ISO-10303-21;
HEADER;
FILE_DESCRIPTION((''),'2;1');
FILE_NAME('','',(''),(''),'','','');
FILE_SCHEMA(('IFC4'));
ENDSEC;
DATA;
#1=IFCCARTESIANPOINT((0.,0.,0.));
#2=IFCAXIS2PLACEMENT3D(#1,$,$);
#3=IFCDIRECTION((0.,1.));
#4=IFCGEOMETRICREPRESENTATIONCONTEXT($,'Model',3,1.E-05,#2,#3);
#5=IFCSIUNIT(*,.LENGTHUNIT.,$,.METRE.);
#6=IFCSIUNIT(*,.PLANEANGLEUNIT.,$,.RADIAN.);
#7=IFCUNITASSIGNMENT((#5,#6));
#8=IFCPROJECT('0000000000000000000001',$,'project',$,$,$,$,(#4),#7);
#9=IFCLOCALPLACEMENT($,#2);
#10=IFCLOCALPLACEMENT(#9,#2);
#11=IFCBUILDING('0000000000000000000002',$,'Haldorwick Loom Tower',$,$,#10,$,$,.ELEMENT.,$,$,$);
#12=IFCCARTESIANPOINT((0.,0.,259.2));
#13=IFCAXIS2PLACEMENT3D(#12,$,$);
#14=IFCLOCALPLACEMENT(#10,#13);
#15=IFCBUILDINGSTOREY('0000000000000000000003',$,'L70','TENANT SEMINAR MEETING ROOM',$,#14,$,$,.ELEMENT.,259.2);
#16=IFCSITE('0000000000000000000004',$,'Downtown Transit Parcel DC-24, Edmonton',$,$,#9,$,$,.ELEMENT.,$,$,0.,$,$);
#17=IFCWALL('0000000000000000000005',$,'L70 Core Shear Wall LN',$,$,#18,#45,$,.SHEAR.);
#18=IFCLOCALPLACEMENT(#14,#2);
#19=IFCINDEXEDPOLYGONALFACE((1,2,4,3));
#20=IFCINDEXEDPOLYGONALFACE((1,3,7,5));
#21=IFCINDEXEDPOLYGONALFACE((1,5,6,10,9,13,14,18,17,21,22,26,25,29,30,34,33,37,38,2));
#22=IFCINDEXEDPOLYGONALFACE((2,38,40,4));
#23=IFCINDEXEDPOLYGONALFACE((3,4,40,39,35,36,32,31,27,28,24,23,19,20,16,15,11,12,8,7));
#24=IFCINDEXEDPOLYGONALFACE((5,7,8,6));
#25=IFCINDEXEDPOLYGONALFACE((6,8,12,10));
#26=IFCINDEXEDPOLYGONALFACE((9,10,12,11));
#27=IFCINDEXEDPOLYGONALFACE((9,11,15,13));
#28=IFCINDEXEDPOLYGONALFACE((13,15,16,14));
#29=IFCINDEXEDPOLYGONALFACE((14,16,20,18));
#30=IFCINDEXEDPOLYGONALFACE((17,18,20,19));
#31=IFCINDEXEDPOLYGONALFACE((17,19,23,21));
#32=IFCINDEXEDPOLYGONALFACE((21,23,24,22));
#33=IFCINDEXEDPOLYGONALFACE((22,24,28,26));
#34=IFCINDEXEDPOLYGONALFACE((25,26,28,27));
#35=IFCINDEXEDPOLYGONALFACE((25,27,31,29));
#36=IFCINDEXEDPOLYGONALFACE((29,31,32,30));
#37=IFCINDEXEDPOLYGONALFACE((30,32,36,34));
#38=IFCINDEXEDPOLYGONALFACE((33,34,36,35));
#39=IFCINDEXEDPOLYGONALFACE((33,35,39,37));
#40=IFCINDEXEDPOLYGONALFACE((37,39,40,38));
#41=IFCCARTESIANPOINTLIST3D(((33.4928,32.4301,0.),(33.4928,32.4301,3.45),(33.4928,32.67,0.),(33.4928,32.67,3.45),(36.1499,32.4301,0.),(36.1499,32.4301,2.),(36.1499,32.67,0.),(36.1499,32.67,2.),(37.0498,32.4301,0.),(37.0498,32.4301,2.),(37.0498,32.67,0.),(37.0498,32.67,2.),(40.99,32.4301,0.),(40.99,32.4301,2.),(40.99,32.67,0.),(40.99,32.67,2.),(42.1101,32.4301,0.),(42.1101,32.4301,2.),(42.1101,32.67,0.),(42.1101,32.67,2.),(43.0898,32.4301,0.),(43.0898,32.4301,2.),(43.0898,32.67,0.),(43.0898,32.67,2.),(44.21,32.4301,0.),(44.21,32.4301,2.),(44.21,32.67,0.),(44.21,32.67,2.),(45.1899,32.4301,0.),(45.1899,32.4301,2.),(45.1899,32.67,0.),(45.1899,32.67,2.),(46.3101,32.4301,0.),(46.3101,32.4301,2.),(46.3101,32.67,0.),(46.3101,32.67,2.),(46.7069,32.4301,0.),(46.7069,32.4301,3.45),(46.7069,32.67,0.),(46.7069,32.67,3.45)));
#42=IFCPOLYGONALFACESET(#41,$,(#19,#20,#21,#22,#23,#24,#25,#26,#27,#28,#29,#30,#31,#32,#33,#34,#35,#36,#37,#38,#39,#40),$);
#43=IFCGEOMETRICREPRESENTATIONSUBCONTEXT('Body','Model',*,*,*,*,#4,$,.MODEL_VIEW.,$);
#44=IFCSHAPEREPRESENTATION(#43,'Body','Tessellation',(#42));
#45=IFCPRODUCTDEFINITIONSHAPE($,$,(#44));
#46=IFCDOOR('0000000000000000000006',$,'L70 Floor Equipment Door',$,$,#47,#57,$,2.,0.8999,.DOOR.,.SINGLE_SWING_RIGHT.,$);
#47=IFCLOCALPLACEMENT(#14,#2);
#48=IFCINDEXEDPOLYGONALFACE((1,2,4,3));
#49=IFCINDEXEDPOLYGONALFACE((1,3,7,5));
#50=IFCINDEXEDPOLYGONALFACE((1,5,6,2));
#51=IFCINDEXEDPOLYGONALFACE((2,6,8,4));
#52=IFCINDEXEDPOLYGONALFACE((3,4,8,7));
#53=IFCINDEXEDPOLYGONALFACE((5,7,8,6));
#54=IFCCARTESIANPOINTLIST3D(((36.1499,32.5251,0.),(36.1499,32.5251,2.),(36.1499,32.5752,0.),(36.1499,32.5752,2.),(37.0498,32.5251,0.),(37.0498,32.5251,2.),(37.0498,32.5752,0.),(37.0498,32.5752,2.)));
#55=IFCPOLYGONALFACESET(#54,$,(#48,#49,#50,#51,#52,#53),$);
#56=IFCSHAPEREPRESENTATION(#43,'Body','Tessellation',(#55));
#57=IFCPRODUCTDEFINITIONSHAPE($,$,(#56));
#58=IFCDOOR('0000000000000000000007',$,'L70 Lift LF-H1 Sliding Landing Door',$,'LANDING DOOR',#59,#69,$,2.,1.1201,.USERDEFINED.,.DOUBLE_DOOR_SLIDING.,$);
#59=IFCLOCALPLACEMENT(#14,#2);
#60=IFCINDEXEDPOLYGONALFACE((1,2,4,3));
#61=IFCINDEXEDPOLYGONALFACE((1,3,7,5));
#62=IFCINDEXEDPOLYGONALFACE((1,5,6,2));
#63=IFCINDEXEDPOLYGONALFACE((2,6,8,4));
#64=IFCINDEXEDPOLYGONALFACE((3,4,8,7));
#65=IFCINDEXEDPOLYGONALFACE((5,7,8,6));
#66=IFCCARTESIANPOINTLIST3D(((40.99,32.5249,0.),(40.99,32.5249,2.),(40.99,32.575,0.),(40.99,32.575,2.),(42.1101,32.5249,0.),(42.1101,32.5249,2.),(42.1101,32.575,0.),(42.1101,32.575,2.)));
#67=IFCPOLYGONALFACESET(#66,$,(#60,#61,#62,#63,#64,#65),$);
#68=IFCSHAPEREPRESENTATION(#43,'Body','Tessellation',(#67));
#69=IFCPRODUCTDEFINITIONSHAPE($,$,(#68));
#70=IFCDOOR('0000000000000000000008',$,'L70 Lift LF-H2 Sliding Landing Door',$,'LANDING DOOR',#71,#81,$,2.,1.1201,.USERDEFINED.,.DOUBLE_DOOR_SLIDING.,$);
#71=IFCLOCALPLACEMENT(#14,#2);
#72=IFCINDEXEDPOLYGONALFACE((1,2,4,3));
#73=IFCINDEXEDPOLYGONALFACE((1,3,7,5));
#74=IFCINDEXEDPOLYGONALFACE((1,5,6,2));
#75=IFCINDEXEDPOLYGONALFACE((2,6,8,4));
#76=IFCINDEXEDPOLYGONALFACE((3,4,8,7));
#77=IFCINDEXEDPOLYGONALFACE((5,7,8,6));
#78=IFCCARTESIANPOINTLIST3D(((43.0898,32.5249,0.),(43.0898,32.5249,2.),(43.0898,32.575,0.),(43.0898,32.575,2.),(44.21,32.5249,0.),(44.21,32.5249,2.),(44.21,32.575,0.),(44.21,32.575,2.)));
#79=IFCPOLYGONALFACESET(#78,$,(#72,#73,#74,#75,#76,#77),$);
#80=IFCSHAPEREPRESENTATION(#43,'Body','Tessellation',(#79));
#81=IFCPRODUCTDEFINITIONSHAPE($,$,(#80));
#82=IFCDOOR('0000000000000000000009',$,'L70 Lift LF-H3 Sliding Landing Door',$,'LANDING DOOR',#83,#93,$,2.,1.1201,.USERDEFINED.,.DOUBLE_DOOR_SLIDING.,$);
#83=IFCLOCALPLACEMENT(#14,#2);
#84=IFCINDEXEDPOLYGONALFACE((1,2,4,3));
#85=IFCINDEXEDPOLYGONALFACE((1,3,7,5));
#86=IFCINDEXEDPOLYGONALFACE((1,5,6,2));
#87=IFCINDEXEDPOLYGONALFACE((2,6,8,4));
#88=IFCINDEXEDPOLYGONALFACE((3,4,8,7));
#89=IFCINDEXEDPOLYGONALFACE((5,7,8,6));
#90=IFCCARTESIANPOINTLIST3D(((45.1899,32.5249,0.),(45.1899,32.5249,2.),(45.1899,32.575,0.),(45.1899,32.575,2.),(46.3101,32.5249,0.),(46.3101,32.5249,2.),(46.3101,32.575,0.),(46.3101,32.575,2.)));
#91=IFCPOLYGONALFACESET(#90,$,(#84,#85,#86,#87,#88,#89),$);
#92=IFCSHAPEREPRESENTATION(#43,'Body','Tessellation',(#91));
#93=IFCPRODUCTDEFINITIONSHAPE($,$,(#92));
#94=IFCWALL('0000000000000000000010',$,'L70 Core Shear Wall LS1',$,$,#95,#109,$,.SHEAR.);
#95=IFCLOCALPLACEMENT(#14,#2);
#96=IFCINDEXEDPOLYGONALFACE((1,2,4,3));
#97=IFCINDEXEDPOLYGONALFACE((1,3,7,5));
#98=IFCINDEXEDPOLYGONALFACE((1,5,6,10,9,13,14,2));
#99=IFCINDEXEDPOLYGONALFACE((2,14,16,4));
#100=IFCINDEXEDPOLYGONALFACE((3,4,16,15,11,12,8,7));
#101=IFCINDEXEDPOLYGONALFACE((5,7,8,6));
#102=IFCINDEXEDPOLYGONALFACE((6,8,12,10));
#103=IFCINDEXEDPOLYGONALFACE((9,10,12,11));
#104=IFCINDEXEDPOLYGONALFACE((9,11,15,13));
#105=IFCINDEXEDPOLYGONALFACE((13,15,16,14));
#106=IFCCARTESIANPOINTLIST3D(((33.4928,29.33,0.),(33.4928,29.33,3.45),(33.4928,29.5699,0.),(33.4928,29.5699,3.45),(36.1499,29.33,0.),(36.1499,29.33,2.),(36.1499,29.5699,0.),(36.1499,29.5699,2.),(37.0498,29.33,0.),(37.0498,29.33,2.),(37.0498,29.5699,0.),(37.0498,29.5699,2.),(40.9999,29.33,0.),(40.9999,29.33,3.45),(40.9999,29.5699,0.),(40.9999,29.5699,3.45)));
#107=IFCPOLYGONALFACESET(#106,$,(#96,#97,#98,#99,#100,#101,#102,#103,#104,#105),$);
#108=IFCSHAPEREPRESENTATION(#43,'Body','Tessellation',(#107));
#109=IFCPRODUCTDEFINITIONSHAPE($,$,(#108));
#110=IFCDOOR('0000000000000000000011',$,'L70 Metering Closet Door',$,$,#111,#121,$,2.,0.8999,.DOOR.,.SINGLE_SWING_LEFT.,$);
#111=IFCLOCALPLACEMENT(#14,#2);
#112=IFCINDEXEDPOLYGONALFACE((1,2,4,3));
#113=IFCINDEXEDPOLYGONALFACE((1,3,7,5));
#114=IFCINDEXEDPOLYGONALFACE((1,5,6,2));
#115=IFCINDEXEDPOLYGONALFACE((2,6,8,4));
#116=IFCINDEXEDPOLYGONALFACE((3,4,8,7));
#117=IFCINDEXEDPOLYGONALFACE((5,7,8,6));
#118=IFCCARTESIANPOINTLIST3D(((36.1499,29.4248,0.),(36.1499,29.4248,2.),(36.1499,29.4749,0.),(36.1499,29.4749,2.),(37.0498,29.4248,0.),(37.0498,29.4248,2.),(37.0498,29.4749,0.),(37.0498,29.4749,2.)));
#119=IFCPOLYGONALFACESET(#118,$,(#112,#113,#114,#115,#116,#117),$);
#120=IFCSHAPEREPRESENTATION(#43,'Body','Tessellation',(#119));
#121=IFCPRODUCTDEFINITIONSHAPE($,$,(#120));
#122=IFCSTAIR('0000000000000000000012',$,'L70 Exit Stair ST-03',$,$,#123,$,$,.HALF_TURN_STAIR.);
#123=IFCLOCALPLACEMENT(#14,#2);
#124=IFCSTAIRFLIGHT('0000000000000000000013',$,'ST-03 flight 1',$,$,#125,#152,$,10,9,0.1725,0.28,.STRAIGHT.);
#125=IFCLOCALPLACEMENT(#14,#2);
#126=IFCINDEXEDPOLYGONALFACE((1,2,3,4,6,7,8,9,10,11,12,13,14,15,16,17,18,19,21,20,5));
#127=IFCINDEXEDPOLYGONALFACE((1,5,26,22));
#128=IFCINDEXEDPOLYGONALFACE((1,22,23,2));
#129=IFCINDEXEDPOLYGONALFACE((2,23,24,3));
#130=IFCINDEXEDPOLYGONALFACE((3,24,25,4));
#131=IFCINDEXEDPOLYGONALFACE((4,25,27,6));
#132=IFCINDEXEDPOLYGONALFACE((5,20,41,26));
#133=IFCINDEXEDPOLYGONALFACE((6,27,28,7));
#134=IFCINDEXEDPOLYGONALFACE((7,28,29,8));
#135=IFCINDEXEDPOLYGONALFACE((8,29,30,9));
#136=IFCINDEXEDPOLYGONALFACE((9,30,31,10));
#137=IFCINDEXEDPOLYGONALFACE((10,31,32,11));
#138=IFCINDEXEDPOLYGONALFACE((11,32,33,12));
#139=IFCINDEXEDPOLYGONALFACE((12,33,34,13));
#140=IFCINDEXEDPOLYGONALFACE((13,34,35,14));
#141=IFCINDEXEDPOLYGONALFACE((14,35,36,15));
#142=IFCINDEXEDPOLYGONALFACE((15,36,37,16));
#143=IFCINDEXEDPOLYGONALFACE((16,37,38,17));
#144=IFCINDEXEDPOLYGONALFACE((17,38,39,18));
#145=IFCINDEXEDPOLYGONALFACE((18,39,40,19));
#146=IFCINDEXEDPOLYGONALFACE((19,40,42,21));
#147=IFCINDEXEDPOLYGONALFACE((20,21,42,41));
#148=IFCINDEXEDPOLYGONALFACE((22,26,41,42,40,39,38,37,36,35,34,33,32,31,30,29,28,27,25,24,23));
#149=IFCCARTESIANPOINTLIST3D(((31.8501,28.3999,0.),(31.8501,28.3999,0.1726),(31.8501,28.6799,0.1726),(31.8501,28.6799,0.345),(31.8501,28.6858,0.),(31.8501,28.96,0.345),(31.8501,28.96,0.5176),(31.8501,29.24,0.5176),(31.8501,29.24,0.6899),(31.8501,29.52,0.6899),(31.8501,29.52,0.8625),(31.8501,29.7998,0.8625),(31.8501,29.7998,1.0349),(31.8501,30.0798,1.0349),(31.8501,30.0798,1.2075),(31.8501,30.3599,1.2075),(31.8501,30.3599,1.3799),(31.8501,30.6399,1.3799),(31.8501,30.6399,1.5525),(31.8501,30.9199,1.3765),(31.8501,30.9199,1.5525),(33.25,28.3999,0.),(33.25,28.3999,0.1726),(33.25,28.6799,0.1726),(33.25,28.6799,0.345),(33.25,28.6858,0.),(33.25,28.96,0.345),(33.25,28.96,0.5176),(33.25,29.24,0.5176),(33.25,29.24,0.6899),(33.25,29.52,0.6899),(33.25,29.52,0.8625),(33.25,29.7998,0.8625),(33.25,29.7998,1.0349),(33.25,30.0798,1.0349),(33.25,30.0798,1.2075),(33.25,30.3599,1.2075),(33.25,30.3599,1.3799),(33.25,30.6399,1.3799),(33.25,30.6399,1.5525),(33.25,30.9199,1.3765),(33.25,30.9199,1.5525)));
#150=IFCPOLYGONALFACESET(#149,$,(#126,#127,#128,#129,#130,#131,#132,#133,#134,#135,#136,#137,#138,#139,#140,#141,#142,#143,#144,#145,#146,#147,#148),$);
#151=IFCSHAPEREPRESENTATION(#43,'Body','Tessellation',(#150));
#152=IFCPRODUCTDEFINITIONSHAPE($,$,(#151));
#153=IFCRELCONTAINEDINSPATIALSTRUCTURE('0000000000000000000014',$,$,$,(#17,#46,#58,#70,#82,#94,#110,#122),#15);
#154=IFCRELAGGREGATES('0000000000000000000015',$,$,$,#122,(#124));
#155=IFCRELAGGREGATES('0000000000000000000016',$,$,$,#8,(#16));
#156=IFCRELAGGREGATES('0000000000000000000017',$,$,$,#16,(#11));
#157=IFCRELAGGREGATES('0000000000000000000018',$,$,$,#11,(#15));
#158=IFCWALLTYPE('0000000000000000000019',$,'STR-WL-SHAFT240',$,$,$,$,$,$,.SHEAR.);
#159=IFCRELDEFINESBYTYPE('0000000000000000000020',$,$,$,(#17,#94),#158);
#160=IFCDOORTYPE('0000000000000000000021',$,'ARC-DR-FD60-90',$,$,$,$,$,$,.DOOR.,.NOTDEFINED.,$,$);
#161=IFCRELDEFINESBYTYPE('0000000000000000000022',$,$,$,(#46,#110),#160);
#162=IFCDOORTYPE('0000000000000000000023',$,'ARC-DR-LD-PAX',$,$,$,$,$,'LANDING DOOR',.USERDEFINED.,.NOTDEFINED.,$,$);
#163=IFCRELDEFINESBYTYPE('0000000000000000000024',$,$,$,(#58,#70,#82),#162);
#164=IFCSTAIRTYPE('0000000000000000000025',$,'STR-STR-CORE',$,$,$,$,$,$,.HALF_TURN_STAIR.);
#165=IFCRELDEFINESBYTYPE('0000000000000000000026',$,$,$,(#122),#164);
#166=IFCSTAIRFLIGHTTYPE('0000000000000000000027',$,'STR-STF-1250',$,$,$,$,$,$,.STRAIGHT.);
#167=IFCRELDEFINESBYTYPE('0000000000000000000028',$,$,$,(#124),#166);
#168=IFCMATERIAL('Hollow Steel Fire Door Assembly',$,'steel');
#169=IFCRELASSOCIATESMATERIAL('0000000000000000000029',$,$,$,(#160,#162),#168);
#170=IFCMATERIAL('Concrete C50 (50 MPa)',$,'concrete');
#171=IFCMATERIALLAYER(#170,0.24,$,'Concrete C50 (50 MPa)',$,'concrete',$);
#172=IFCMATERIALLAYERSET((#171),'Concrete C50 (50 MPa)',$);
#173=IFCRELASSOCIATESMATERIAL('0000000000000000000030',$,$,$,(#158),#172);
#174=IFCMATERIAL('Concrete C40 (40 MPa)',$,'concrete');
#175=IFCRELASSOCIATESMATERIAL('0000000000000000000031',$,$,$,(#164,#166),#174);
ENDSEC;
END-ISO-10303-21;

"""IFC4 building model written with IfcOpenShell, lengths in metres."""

from ifc_helpers import new_model, si_unit, direction, frame, frame_2d, origin, place, context, subcontext, project, spatial, polyline, rectangle, outline, extrude, material, layer, layer_set, type_object, element, fill, aggregate, save


model = new_model("IFC4")

# Units and contexts
model_context = context("Model", 3, precision=1e-05, world=origin(), true_north=direction((0.0, 1.0)))
body_context = subcontext(model_context, "Body", "Model", "MODEL_VIEW")
ifc_project = project(units=[si_unit("LENGTHUNIT", "METRE"), si_unit("PLANEANGLEUNIT", "RADIAN")], contexts=[model_context])

# Site, building, storey
site_placement = place(None, origin())
site = spatial("IfcSite", under=ifc_project, at=site_placement, Name="Downtown Transit Parcel DC-24, Edmonton", CompositionType="ELEMENT", RefElevation=0.0)
building_placement = place(site_placement, origin())
building = spatial("IfcBuilding", under=site, at=building_placement, Name="Haldorwick Loom Tower", CompositionType="ELEMENT")
storey_placement = place(building_placement, frame((0.0, 0.0, 259.2)))
storey = spatial("IfcBuildingStorey", under=building, at=storey_placement, Name="L70", Description="TENANT SEMINAR MEETING ROOM", CompositionType="ELEMENT", Elevation=259.2)

# Shared definitions
ifc_material_1 = material(Name="Hollow Steel Fire Door Assembly", Category="steel")
door_type_1 = type_object("IfcDoorType", Name="ARC-DR-FD60-90", OperationType="NOTDEFINED", PredefinedType="DOOR", material=ifc_material_1)

# Shared definitions
ifc_material_2 = material(Name="Concrete C50 (50 MPa)", Category="concrete")
ifc_layer_1 = layer(ifc_material_2, 0.24, Name="Concrete C50 (50 MPa)", Category="concrete")
ifc_layer_set_1 = layer_set([ifc_layer_1], Name="Concrete C50 (50 MPa)")
wall_type_1 = type_object("IfcWallType", Name="STR-WL-SHAFT240", PredefinedType="SHEAR", material=ifc_layer_set_1)

# Wall, openings, doors
wall_1_placement = place(storey_placement, frame((33.4929, 32.55, 0.0), z_axis=(0.0, 0.0, 1.0), x_axis=(1.0, 0.0, 0.0)))
wall_1 = element("IfcWall", 1, at=wall_1_placement, inside=storey, type_object=wall_type_1, Name="L70 Core Shear Wall LN", PredefinedType="SHEAR", context=body_context, shape_type="SweptSolid", body=[
    extrude(rectangle(XDim=13.2141, YDim=0.24, at=frame_2d((6.6069, 0.0))), origin(), (0.0, 0.0, 1.0), 3.45),
])
opening_1_placement = place(wall_1_placement, frame((2.657, 0.0, 0.0)))
opening_1 = element("IfcOpeningElement", 2, at=opening_1_placement, cuts=wall_1, PredefinedType="OPENING", context=body_context, shape_type="SweptSolid", body=[
    extrude(rectangle(XDim=0.8999, YDim=2.0, at=frame_2d((0.45, 1.0))), frame((0.0, 0.1299, 0.0), z_axis=(0.0, -1.0, 0.0), x_axis=(1.0, 0.0, 0.0)), (0.0, 0.0, 1.0), 0.26),
])
opening_2_placement = place(wall_1_placement, frame((7.4971, 0.0, 0.0)))
opening_2 = element("IfcOpeningElement", 3, at=opening_2_placement, cuts=wall_1, PredefinedType="OPENING", context=body_context, shape_type="SweptSolid", body=[
    extrude(rectangle(XDim=1.1201, YDim=2.0, at=frame_2d((0.5601, 1.0))), frame((0.0, 0.1299, 0.0), z_axis=(0.0, -1.0, 0.0), x_axis=(1.0, 0.0, 0.0)), (0.0, 0.0, 1.0), 0.26),
])
opening_3_placement = place(wall_1_placement, frame((9.5969, 0.0, 0.0)))
opening_3 = element("IfcOpeningElement", 4, at=opening_3_placement, cuts=wall_1, PredefinedType="OPENING", context=body_context, shape_type="SweptSolid", body=[
    extrude(rectangle(XDim=1.1201, YDim=2.0, at=frame_2d((0.5601, 1.0))), frame((0.0, 0.1299, 0.0), z_axis=(0.0, -1.0, 0.0), x_axis=(1.0, 0.0, 0.0)), (0.0, 0.0, 1.0), 0.26),
])
opening_4_placement = place(wall_1_placement, frame((11.697, 0.0, 0.0)))
opening_4 = element("IfcOpeningElement", 5, at=opening_4_placement, cuts=wall_1, PredefinedType="OPENING", context=body_context, shape_type="SweptSolid", body=[
    extrude(rectangle(XDim=1.1201, YDim=2.0, at=frame_2d((0.5601, 1.0))), frame((0.0, 0.1299, 0.0), z_axis=(0.0, -1.0, 0.0), x_axis=(1.0, 0.0, 0.0)), (0.0, 0.0, 1.0), 0.26),
])
door_1_placement = place(opening_1_placement, frame((0.8999, 0.0, 0.0), z_axis=(0.0, 0.0, 1.0), x_axis=(-1.0, 0.0, 0.0)))
door_1 = element("IfcDoor", 6, at=door_1_placement, inside=storey, type_object=door_type_1, Name="L70 Floor Equipment Door", OperationType="SINGLE_SWING_RIGHT", OverallHeight=2.0, OverallWidth=0.8999, PredefinedType="DOOR", context=body_context, shape_type="SweptSolid", body=[
    extrude(rectangle(XDim=0.8999, YDim=2.0, at=frame_2d((0.45, 1.0))), frame((0.0, 0.0249, 0.0), z_axis=(0.0, -1.0, 0.0), x_axis=(1.0, 0.0, 0.0)), (0.0, 0.0, 1.0), 0.05),
])
fill(opening_1, door_1)
door_type_2 = type_object("IfcDoorType", Name="ARC-DR-LD-PAX", ElementType="LANDING DOOR", OperationType="NOTDEFINED", PredefinedType="USERDEFINED", material=ifc_material_1)
door_2_placement = place(opening_2_placement, origin())
door_2 = element("IfcDoor", 7, at=door_2_placement, inside=storey, type_object=door_type_2, Name="L70 Lift LF-H1 Sliding Landing Door", ObjectType="LANDING DOOR", OperationType="DOUBLE_DOOR_SLIDING", OverallHeight=2.0, OverallWidth=1.1201, PredefinedType="USERDEFINED", context=body_context, shape_type="SweptSolid", body=[
    extrude(rectangle(XDim=1.1201, YDim=2.0, at=frame_2d((0.5601, 1.0))), frame((0.0, 0.0249, 0.0), z_axis=(0.0, -1.0, 0.0), x_axis=(1.0, 0.0, 0.0)), (0.0, 0.0, 1.0), 0.05),
])
fill(opening_2, door_2)
door_3_placement = place(opening_3_placement, origin())
door_3 = element("IfcDoor", 8, at=door_3_placement, inside=storey, type_object=door_type_2, Name="L70 Lift LF-H2 Sliding Landing Door", ObjectType="LANDING DOOR", OperationType="DOUBLE_DOOR_SLIDING", OverallHeight=2.0, OverallWidth=1.1201, PredefinedType="USERDEFINED", context=body_context, shape_type="SweptSolid", body=[
    extrude(rectangle(XDim=1.1201, YDim=2.0, at=frame_2d((0.5601, 1.0))), frame((0.0, 0.0249, 0.0), z_axis=(0.0, -1.0, 0.0), x_axis=(1.0, 0.0, 0.0)), (0.0, 0.0, 1.0), 0.05),
])
fill(opening_3, door_3)
door_4_placement = place(opening_4_placement, origin())
door_4 = element("IfcDoor", 9, at=door_4_placement, inside=storey, type_object=door_type_2, Name="L70 Lift LF-H3 Sliding Landing Door", ObjectType="LANDING DOOR", OperationType="DOUBLE_DOOR_SLIDING", OverallHeight=2.0, OverallWidth=1.1201, PredefinedType="USERDEFINED", context=body_context, shape_type="SweptSolid", body=[
    extrude(rectangle(XDim=1.1201, YDim=2.0, at=frame_2d((0.5601, 1.0))), frame((0.0, 0.0249, 0.0), z_axis=(0.0, -1.0, 0.0), x_axis=(1.0, 0.0, 0.0)), (0.0, 0.0, 1.0), 0.05),
])
fill(opening_4, door_4)

# Wall, opening, door
wall_2_placement = place(storey_placement, frame((33.4929, 29.45, 0.0), z_axis=(0.0, 0.0, 1.0), x_axis=(1.0, 0.0, 0.0)))
wall_2 = element("IfcWall", 10, at=wall_2_placement, inside=storey, type_object=wall_type_1, Name="L70 Core Shear Wall LS1", PredefinedType="SHEAR", context=body_context, shape_type="SweptSolid", body=[
    extrude(rectangle(XDim=7.5071, YDim=0.24, at=frame_2d((3.7534, 0.0))), origin(), (0.0, 0.0, 1.0), 3.45),
])
opening_5_placement = place(wall_2_placement, frame((2.657, 0.0, 0.0)))
opening_5 = element("IfcOpeningElement", 11, at=opening_5_placement, cuts=wall_2, PredefinedType="OPENING", context=body_context, shape_type="SweptSolid", body=[
    extrude(rectangle(XDim=0.8999, YDim=2.0, at=frame_2d((0.45, 1.0))), frame((0.0, 0.1299, 0.0), z_axis=(0.0, -1.0, 0.0), x_axis=(1.0, 0.0, 0.0)), (0.0, 0.0, 1.0), 0.26),
])
door_5_placement = place(opening_5_placement, origin())
door_5 = element("IfcDoor", 12, at=door_5_placement, inside=storey, type_object=door_type_1, Name="L70 Metering Closet Door", OperationType="SINGLE_SWING_LEFT", OverallHeight=2.0, OverallWidth=0.8999, PredefinedType="DOOR", context=body_context, shape_type="SweptSolid", body=[
    extrude(rectangle(XDim=0.8999, YDim=2.0, at=frame_2d((0.45, 1.0))), frame((0.0, 0.0249, 0.0), z_axis=(0.0, -1.0, 0.0), x_axis=(1.0, 0.0, 0.0)), (0.0, 0.0, 1.0), 0.05),
])
fill(opening_5, door_5)

# Stair, stair flight
ifc_material_3 = material(Name="Concrete C40 (40 MPa)", Category="concrete")
stair_type = type_object("IfcStairType", Name="STR-STR-CORE", PredefinedType="HALF_TURN_STAIR", material=ifc_material_3)
stair_placement = place(storey_placement, origin())
stair = element("IfcStair", 13, at=stair_placement, inside=storey, type_object=stair_type, Name="L70 Exit Stair ST-03", PredefinedType="HALF_TURN_STAIR")
stair_flight_type = type_object("IfcStairFlightType", Name="STR-STF-1250", PredefinedType="STRAIGHT", material=ifc_material_3)
stair_flight_1_placement = place(storey_placement, frame((32.55, 28.3999, 0.0), z_axis=(0.0, 0.0, 1.0), x_axis=(0.0, 1.0, 0.0)))
stair_flight_1 = element("IfcStairFlight", 14, at=stair_flight_1_placement, type_object=stair_flight_type, Name="ST-03 flight 1", NumberOfRisers=10, NumberOfTreads=9, PredefinedType="STRAIGHT", RiserHeight=0.1725, TreadLength=0.28, context=body_context, shape_type="SweptSolid", body=[
    extrude(outline(polyline([(0.0, 0.0), (0.0, 0.1726), (0.28, 0.1726), (0.28, 0.345), (0.5601, 0.345), (0.5601, 0.5176), (0.8401, 0.5176), (0.8401, 0.6899), (1.1201, 0.6899), (1.1201, 0.8625), (1.3999, 0.8625), (1.3999, 1.0349), (1.6799, 1.0349), (1.6799, 1.2075), (1.96, 1.2075), (1.96, 1.3799), (2.24, 1.3799), (2.24, 1.5525), (2.52, 1.5525), (2.52, 1.7251), (2.52, 1.3765), (0.2859, 0.0), (0.0, 0.0)])), frame((0.0, 0.7, 0.0), z_axis=(0.0, -1.0, 0.0), x_axis=(1.0, 0.0, 0.0)), (0.0, 0.0, 1.0), 1.3999),
])
aggregate(stair, [stair_flight_1])

save(model, "model.ifc")
